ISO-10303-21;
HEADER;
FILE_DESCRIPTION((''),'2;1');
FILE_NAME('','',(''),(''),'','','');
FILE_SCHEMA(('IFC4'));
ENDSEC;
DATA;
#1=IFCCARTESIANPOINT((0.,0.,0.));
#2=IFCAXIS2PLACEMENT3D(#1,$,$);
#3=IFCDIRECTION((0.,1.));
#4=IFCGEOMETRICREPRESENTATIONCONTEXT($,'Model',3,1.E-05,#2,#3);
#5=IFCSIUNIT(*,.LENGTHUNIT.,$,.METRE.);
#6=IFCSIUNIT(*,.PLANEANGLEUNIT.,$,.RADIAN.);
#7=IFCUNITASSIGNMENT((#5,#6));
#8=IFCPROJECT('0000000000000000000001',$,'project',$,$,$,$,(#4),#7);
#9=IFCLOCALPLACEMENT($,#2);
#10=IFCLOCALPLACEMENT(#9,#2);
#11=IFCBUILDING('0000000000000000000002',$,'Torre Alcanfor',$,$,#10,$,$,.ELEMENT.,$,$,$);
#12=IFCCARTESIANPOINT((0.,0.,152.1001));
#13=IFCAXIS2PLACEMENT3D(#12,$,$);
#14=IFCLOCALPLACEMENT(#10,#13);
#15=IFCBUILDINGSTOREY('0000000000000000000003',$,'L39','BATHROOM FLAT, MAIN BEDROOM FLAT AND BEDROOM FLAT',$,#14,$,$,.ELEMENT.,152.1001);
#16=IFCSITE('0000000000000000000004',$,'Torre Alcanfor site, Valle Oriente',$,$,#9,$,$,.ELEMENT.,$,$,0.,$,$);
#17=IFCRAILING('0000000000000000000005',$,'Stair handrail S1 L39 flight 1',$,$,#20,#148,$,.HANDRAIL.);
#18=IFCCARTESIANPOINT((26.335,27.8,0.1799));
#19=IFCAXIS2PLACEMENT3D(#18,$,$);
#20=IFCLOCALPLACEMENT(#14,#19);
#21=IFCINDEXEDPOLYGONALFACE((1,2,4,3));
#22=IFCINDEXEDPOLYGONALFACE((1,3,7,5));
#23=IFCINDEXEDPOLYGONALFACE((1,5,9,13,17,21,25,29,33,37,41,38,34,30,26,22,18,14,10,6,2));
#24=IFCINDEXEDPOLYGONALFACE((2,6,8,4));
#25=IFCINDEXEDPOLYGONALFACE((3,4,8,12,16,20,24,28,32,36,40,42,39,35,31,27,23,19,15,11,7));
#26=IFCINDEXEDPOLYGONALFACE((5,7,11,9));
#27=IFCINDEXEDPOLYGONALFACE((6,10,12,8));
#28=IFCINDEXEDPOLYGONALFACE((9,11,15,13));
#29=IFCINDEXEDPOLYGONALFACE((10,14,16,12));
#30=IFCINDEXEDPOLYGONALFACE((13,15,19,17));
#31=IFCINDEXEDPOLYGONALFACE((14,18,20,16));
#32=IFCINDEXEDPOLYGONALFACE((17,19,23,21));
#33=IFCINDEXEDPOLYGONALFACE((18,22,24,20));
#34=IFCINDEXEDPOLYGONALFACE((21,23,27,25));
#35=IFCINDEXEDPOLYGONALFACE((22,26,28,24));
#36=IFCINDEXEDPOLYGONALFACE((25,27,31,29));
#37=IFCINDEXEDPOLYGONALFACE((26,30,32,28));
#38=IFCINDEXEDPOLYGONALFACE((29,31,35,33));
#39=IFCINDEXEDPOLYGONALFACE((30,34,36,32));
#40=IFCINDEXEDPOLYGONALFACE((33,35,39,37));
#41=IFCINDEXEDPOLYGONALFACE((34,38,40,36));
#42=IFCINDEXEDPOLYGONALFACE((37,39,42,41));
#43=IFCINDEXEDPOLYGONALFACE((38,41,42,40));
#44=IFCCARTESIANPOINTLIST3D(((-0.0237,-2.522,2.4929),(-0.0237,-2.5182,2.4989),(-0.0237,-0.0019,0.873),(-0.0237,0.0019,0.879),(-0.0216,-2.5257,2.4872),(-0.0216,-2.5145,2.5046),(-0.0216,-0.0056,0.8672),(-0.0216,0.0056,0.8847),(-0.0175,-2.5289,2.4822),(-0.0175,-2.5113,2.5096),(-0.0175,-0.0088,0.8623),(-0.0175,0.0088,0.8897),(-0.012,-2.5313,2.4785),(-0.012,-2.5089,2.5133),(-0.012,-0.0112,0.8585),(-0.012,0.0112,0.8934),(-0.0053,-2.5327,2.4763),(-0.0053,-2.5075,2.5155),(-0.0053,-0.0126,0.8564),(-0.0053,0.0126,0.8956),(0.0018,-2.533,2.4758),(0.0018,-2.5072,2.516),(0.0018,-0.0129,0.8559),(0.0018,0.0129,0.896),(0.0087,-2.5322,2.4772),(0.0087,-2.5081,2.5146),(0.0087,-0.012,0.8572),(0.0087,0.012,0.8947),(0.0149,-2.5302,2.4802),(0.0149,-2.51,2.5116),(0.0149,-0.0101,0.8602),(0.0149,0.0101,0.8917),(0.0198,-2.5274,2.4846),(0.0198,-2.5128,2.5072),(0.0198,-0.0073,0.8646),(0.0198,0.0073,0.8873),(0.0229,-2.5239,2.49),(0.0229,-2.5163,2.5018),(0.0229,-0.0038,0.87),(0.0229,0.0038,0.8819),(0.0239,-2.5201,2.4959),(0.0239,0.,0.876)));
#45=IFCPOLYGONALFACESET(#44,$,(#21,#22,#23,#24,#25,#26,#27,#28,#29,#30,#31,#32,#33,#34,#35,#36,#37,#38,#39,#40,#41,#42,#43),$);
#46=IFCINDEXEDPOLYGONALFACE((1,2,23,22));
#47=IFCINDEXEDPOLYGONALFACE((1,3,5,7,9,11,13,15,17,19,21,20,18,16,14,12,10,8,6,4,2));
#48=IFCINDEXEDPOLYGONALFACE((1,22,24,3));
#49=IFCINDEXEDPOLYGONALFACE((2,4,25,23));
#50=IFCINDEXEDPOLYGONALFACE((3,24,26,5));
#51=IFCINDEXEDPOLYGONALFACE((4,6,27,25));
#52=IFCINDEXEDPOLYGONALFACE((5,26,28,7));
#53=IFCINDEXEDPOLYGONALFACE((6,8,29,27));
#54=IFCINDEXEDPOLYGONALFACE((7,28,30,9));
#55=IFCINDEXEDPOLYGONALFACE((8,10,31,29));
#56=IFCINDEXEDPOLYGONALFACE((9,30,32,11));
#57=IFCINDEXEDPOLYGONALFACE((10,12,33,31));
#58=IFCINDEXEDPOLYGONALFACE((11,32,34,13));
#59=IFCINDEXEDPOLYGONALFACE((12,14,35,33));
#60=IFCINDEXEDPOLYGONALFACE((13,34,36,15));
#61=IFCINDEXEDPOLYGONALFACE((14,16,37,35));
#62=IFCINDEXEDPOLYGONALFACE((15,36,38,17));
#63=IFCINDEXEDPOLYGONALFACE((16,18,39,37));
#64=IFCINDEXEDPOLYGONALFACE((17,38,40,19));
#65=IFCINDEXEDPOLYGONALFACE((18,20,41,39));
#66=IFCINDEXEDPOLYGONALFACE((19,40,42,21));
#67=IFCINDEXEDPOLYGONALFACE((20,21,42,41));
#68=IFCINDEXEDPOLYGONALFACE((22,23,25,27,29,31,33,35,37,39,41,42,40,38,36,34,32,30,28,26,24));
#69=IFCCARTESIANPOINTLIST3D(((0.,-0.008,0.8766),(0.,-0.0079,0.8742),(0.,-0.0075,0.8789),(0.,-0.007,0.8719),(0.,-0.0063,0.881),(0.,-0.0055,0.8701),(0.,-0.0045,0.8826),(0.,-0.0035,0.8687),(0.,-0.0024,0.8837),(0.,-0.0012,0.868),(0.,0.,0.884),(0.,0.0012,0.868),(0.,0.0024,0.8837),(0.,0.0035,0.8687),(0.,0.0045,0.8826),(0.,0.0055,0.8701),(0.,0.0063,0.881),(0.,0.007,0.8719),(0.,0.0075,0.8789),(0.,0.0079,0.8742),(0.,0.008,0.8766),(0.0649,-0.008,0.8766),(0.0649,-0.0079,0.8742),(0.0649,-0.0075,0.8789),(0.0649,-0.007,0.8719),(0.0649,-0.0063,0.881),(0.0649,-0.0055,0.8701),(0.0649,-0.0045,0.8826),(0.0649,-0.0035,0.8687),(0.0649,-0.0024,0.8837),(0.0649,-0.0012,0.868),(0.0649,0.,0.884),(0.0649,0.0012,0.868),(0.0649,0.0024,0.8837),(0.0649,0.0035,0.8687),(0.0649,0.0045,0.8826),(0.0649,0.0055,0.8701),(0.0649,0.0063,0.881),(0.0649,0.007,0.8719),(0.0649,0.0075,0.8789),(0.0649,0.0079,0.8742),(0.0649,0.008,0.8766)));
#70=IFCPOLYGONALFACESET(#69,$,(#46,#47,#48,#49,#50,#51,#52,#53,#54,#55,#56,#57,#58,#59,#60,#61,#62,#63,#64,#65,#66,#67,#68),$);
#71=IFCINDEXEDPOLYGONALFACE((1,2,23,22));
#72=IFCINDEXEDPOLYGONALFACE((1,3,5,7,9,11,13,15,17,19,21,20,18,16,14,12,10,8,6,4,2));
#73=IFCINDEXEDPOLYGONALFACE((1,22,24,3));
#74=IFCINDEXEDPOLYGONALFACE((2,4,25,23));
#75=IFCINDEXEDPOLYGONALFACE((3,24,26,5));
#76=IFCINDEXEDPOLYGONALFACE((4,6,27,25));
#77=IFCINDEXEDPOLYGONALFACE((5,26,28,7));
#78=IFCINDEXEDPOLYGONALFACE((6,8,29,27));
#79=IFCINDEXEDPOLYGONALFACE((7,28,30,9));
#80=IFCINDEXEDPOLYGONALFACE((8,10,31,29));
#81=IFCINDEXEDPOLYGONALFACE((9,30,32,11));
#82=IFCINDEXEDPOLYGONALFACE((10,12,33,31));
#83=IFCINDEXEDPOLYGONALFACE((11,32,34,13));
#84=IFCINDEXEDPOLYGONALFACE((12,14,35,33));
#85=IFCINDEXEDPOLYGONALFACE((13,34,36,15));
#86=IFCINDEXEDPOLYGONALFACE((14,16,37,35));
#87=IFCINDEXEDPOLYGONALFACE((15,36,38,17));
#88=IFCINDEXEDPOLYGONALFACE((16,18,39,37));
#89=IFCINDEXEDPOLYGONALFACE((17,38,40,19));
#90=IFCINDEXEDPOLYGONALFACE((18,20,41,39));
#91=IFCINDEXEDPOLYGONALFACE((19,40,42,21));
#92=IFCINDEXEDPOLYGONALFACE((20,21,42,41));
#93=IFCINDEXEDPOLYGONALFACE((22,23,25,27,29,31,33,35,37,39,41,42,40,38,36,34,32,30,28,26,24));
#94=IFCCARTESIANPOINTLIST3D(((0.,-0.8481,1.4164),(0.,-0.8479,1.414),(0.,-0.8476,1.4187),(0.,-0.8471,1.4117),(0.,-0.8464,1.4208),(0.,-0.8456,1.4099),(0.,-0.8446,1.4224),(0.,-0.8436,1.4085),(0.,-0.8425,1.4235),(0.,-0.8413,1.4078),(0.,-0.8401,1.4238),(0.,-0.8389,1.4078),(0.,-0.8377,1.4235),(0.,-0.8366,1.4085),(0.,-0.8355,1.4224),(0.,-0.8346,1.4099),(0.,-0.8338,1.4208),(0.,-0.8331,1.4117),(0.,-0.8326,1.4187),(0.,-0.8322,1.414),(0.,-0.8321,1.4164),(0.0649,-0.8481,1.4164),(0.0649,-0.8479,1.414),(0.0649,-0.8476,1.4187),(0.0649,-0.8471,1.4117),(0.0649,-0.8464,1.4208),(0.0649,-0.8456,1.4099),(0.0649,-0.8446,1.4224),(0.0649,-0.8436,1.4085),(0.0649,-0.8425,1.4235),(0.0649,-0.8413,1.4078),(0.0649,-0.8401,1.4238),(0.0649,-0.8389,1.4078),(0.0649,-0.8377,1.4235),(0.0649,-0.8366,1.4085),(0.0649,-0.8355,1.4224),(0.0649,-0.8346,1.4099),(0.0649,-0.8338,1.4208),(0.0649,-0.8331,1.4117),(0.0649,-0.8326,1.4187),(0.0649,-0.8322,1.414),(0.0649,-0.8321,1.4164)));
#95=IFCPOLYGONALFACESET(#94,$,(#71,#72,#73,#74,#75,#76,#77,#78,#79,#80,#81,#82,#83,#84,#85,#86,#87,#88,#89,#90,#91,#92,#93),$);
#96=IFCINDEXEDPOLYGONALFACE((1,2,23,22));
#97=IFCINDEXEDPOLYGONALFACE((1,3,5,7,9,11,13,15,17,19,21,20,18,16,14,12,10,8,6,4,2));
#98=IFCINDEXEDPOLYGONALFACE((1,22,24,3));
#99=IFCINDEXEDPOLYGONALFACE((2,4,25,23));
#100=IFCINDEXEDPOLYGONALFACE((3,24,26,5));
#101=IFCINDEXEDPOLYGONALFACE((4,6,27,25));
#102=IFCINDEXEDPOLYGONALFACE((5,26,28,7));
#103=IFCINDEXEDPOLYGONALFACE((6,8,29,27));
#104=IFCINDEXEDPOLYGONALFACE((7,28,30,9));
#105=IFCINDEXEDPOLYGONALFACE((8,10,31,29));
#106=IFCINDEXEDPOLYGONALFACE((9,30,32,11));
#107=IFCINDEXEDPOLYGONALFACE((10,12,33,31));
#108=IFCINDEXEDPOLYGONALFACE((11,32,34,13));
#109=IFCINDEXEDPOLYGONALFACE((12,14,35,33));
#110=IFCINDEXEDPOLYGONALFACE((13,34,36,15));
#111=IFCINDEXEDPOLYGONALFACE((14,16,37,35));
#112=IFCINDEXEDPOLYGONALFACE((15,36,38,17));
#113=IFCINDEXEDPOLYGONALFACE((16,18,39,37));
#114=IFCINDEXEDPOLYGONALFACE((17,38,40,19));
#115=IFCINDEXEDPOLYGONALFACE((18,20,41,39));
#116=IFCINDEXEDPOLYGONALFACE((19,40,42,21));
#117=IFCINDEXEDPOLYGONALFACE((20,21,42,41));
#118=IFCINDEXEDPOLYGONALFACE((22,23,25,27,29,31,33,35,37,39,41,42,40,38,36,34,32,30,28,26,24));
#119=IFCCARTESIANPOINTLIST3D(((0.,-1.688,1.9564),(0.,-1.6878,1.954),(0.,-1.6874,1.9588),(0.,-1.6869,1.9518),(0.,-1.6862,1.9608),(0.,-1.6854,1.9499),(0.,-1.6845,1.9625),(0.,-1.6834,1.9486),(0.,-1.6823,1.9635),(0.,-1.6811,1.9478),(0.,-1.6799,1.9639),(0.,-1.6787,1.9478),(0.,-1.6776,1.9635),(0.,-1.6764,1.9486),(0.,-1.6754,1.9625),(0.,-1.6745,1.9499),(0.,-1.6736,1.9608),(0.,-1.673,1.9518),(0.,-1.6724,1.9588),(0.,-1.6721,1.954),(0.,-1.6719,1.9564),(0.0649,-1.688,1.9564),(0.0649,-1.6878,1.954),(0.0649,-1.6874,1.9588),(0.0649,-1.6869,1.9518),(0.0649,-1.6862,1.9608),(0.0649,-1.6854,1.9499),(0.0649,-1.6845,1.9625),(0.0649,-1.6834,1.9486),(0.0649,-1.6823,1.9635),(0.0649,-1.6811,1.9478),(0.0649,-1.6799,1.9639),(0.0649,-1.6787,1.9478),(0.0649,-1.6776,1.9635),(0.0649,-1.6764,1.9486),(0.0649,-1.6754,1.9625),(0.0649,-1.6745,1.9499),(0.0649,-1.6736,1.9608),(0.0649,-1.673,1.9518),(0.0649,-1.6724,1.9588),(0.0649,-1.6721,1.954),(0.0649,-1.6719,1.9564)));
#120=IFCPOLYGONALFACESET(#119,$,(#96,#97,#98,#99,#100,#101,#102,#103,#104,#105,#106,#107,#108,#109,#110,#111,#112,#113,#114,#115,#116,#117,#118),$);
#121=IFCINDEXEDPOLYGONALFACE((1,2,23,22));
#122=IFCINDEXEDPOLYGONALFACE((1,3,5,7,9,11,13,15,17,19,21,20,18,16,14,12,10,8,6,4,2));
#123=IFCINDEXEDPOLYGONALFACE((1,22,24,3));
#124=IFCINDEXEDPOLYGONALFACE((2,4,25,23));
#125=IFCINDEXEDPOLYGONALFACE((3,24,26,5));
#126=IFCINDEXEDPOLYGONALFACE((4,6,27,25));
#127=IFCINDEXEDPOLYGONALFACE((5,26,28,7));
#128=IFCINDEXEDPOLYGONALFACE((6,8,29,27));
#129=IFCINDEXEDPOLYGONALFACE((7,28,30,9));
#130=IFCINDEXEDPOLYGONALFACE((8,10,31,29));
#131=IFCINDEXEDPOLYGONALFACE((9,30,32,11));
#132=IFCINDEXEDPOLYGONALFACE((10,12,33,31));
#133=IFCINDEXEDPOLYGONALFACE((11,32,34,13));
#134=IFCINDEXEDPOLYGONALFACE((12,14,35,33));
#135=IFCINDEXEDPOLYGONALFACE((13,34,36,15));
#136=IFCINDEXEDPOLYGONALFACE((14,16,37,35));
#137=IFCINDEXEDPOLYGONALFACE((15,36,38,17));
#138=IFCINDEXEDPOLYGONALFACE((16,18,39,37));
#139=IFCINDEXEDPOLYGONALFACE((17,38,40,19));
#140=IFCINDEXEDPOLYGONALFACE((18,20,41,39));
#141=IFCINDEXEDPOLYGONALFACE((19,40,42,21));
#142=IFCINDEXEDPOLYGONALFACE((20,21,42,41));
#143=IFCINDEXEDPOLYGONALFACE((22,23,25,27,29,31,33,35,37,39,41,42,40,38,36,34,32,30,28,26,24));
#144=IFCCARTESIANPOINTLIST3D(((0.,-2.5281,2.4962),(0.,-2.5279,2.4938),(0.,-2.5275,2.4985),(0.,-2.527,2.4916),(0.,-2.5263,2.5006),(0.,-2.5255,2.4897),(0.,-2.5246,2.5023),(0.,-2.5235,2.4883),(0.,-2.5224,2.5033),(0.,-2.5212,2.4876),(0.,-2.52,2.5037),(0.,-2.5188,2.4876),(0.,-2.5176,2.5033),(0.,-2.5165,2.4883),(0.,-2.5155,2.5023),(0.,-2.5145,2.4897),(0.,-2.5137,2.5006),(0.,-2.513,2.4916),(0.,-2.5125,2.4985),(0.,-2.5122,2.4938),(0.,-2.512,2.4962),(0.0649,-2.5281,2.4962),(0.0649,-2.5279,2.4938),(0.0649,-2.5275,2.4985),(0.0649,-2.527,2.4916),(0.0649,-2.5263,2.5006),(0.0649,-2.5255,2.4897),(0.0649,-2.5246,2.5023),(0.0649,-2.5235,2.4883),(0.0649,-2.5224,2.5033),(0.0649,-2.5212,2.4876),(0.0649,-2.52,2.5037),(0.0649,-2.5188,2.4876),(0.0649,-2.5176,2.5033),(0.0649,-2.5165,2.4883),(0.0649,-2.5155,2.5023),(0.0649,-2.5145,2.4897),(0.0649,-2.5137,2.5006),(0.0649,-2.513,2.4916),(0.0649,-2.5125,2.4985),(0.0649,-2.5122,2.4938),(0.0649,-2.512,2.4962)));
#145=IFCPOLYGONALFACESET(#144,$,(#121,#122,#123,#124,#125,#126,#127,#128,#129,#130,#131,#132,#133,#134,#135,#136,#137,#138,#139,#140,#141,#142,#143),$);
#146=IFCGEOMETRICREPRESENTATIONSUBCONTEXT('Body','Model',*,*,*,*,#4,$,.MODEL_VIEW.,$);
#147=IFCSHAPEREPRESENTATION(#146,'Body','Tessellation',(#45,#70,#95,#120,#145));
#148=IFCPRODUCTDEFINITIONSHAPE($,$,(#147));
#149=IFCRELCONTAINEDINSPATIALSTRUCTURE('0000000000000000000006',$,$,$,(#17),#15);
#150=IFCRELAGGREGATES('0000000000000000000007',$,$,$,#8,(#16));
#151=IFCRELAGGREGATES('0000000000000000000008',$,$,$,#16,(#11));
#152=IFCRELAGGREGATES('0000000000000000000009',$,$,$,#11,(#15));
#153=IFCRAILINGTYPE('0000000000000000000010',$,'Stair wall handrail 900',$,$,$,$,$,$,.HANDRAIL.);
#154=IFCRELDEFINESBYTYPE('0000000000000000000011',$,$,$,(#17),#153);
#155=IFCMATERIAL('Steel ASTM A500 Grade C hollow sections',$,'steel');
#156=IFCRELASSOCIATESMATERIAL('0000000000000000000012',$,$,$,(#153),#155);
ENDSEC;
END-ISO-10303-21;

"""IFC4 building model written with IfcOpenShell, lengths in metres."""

from ifc_helpers import new_model, si_unit, direction, frame, origin, origin_2d, place, context, subcontext, project, spatial, circle, extrude, material, type_object, element, save


model = new_model("IFC4")

# Units and contexts
model_context = context("Model", 3, precision=1e-05, world=origin(), true_north=direction((0.0, 1.0)))
body_context = subcontext(model_context, "Body", "Model", "MODEL_VIEW")
ifc_project = project(units=[si_unit("LENGTHUNIT", "METRE"), si_unit("PLANEANGLEUNIT", "RADIAN")], contexts=[model_context])

# Site, building, storey
site_placement = place(None, origin())
site = spatial("IfcSite", under=ifc_project, at=site_placement, Name="Torre Alcanfor site, Valle Oriente", CompositionType="ELEMENT", RefElevation=0.0)
building_placement = place(site_placement, origin())
building = spatial("IfcBuilding", under=site, at=building_placement, Name="Torre Alcanfor", CompositionType="ELEMENT")
storey_placement = place(building_placement, frame((0.0, 0.0, 152.1001)))
storey = spatial("IfcBuildingStorey", under=building, at=storey_placement, Name="L39", Description="BATHROOM FLAT, MAIN BEDROOM FLAT AND BEDROOM FLAT", CompositionType="ELEMENT", Elevation=152.1001)

# Railing
ifc_material_1 = material(Name="Steel ASTM A500 Grade C hollow sections", Category="steel")
railing_type_1 = type_object("IfcRailingType", Name="Stair wall handrail 900", PredefinedType="HANDRAIL", material=ifc_material_1)
railing_1_placement = place(storey_placement, frame((26.335, 27.8, 0.1799)))
element("IfcRailing", 1, at=railing_1_placement, inside=storey, type_object=railing_type_1, Name="Stair handrail S1 L39 flight 1", PredefinedType="HANDRAIL", context=body_context, shape_type="SweptSolid", body=[
    extrude(circle(Radius=0.0239, at=origin_2d()), frame((0.0, 0.0, 0.876), z_axis=(0.0, -0.8412, 0.540725), x_axis=(1.0, 0.0, 0.0)), (0.0, 0.0, 1.0), 2.9958),
    extrude(circle(Radius=0.0081, at=origin_2d()), frame((0.0, 0.0, 0.876), z_axis=(1.0, 0.0, 0.0), x_axis=(0.0, 0.0, 1.0)), (0.0, 0.0, 1.0), 0.0649),
    extrude(circle(Radius=0.0081, at=origin_2d()), frame((0.0, -0.8401, 1.4158), z_axis=(1.0, 0.0, 0.0), x_axis=(0.0, 0.0, 1.0)), (0.0, 0.0, 1.0), 0.0649),
    extrude(circle(Radius=0.0081, at=origin_2d()), frame((0.0, -1.6799, 1.9558), z_axis=(1.0, 0.0, 0.0), x_axis=(0.0, 0.0, 1.0)), (0.0, 0.0, 1.0), 0.0649),
    extrude(circle(Radius=0.0081, at=origin_2d()), frame((0.0, -2.52, 2.4956), z_axis=(1.0, 0.0, 0.0), x_axis=(0.0, 0.0, 1.0)), (0.0, 0.0, 1.0), 0.0649),
])

save(model, "model.ifc")
